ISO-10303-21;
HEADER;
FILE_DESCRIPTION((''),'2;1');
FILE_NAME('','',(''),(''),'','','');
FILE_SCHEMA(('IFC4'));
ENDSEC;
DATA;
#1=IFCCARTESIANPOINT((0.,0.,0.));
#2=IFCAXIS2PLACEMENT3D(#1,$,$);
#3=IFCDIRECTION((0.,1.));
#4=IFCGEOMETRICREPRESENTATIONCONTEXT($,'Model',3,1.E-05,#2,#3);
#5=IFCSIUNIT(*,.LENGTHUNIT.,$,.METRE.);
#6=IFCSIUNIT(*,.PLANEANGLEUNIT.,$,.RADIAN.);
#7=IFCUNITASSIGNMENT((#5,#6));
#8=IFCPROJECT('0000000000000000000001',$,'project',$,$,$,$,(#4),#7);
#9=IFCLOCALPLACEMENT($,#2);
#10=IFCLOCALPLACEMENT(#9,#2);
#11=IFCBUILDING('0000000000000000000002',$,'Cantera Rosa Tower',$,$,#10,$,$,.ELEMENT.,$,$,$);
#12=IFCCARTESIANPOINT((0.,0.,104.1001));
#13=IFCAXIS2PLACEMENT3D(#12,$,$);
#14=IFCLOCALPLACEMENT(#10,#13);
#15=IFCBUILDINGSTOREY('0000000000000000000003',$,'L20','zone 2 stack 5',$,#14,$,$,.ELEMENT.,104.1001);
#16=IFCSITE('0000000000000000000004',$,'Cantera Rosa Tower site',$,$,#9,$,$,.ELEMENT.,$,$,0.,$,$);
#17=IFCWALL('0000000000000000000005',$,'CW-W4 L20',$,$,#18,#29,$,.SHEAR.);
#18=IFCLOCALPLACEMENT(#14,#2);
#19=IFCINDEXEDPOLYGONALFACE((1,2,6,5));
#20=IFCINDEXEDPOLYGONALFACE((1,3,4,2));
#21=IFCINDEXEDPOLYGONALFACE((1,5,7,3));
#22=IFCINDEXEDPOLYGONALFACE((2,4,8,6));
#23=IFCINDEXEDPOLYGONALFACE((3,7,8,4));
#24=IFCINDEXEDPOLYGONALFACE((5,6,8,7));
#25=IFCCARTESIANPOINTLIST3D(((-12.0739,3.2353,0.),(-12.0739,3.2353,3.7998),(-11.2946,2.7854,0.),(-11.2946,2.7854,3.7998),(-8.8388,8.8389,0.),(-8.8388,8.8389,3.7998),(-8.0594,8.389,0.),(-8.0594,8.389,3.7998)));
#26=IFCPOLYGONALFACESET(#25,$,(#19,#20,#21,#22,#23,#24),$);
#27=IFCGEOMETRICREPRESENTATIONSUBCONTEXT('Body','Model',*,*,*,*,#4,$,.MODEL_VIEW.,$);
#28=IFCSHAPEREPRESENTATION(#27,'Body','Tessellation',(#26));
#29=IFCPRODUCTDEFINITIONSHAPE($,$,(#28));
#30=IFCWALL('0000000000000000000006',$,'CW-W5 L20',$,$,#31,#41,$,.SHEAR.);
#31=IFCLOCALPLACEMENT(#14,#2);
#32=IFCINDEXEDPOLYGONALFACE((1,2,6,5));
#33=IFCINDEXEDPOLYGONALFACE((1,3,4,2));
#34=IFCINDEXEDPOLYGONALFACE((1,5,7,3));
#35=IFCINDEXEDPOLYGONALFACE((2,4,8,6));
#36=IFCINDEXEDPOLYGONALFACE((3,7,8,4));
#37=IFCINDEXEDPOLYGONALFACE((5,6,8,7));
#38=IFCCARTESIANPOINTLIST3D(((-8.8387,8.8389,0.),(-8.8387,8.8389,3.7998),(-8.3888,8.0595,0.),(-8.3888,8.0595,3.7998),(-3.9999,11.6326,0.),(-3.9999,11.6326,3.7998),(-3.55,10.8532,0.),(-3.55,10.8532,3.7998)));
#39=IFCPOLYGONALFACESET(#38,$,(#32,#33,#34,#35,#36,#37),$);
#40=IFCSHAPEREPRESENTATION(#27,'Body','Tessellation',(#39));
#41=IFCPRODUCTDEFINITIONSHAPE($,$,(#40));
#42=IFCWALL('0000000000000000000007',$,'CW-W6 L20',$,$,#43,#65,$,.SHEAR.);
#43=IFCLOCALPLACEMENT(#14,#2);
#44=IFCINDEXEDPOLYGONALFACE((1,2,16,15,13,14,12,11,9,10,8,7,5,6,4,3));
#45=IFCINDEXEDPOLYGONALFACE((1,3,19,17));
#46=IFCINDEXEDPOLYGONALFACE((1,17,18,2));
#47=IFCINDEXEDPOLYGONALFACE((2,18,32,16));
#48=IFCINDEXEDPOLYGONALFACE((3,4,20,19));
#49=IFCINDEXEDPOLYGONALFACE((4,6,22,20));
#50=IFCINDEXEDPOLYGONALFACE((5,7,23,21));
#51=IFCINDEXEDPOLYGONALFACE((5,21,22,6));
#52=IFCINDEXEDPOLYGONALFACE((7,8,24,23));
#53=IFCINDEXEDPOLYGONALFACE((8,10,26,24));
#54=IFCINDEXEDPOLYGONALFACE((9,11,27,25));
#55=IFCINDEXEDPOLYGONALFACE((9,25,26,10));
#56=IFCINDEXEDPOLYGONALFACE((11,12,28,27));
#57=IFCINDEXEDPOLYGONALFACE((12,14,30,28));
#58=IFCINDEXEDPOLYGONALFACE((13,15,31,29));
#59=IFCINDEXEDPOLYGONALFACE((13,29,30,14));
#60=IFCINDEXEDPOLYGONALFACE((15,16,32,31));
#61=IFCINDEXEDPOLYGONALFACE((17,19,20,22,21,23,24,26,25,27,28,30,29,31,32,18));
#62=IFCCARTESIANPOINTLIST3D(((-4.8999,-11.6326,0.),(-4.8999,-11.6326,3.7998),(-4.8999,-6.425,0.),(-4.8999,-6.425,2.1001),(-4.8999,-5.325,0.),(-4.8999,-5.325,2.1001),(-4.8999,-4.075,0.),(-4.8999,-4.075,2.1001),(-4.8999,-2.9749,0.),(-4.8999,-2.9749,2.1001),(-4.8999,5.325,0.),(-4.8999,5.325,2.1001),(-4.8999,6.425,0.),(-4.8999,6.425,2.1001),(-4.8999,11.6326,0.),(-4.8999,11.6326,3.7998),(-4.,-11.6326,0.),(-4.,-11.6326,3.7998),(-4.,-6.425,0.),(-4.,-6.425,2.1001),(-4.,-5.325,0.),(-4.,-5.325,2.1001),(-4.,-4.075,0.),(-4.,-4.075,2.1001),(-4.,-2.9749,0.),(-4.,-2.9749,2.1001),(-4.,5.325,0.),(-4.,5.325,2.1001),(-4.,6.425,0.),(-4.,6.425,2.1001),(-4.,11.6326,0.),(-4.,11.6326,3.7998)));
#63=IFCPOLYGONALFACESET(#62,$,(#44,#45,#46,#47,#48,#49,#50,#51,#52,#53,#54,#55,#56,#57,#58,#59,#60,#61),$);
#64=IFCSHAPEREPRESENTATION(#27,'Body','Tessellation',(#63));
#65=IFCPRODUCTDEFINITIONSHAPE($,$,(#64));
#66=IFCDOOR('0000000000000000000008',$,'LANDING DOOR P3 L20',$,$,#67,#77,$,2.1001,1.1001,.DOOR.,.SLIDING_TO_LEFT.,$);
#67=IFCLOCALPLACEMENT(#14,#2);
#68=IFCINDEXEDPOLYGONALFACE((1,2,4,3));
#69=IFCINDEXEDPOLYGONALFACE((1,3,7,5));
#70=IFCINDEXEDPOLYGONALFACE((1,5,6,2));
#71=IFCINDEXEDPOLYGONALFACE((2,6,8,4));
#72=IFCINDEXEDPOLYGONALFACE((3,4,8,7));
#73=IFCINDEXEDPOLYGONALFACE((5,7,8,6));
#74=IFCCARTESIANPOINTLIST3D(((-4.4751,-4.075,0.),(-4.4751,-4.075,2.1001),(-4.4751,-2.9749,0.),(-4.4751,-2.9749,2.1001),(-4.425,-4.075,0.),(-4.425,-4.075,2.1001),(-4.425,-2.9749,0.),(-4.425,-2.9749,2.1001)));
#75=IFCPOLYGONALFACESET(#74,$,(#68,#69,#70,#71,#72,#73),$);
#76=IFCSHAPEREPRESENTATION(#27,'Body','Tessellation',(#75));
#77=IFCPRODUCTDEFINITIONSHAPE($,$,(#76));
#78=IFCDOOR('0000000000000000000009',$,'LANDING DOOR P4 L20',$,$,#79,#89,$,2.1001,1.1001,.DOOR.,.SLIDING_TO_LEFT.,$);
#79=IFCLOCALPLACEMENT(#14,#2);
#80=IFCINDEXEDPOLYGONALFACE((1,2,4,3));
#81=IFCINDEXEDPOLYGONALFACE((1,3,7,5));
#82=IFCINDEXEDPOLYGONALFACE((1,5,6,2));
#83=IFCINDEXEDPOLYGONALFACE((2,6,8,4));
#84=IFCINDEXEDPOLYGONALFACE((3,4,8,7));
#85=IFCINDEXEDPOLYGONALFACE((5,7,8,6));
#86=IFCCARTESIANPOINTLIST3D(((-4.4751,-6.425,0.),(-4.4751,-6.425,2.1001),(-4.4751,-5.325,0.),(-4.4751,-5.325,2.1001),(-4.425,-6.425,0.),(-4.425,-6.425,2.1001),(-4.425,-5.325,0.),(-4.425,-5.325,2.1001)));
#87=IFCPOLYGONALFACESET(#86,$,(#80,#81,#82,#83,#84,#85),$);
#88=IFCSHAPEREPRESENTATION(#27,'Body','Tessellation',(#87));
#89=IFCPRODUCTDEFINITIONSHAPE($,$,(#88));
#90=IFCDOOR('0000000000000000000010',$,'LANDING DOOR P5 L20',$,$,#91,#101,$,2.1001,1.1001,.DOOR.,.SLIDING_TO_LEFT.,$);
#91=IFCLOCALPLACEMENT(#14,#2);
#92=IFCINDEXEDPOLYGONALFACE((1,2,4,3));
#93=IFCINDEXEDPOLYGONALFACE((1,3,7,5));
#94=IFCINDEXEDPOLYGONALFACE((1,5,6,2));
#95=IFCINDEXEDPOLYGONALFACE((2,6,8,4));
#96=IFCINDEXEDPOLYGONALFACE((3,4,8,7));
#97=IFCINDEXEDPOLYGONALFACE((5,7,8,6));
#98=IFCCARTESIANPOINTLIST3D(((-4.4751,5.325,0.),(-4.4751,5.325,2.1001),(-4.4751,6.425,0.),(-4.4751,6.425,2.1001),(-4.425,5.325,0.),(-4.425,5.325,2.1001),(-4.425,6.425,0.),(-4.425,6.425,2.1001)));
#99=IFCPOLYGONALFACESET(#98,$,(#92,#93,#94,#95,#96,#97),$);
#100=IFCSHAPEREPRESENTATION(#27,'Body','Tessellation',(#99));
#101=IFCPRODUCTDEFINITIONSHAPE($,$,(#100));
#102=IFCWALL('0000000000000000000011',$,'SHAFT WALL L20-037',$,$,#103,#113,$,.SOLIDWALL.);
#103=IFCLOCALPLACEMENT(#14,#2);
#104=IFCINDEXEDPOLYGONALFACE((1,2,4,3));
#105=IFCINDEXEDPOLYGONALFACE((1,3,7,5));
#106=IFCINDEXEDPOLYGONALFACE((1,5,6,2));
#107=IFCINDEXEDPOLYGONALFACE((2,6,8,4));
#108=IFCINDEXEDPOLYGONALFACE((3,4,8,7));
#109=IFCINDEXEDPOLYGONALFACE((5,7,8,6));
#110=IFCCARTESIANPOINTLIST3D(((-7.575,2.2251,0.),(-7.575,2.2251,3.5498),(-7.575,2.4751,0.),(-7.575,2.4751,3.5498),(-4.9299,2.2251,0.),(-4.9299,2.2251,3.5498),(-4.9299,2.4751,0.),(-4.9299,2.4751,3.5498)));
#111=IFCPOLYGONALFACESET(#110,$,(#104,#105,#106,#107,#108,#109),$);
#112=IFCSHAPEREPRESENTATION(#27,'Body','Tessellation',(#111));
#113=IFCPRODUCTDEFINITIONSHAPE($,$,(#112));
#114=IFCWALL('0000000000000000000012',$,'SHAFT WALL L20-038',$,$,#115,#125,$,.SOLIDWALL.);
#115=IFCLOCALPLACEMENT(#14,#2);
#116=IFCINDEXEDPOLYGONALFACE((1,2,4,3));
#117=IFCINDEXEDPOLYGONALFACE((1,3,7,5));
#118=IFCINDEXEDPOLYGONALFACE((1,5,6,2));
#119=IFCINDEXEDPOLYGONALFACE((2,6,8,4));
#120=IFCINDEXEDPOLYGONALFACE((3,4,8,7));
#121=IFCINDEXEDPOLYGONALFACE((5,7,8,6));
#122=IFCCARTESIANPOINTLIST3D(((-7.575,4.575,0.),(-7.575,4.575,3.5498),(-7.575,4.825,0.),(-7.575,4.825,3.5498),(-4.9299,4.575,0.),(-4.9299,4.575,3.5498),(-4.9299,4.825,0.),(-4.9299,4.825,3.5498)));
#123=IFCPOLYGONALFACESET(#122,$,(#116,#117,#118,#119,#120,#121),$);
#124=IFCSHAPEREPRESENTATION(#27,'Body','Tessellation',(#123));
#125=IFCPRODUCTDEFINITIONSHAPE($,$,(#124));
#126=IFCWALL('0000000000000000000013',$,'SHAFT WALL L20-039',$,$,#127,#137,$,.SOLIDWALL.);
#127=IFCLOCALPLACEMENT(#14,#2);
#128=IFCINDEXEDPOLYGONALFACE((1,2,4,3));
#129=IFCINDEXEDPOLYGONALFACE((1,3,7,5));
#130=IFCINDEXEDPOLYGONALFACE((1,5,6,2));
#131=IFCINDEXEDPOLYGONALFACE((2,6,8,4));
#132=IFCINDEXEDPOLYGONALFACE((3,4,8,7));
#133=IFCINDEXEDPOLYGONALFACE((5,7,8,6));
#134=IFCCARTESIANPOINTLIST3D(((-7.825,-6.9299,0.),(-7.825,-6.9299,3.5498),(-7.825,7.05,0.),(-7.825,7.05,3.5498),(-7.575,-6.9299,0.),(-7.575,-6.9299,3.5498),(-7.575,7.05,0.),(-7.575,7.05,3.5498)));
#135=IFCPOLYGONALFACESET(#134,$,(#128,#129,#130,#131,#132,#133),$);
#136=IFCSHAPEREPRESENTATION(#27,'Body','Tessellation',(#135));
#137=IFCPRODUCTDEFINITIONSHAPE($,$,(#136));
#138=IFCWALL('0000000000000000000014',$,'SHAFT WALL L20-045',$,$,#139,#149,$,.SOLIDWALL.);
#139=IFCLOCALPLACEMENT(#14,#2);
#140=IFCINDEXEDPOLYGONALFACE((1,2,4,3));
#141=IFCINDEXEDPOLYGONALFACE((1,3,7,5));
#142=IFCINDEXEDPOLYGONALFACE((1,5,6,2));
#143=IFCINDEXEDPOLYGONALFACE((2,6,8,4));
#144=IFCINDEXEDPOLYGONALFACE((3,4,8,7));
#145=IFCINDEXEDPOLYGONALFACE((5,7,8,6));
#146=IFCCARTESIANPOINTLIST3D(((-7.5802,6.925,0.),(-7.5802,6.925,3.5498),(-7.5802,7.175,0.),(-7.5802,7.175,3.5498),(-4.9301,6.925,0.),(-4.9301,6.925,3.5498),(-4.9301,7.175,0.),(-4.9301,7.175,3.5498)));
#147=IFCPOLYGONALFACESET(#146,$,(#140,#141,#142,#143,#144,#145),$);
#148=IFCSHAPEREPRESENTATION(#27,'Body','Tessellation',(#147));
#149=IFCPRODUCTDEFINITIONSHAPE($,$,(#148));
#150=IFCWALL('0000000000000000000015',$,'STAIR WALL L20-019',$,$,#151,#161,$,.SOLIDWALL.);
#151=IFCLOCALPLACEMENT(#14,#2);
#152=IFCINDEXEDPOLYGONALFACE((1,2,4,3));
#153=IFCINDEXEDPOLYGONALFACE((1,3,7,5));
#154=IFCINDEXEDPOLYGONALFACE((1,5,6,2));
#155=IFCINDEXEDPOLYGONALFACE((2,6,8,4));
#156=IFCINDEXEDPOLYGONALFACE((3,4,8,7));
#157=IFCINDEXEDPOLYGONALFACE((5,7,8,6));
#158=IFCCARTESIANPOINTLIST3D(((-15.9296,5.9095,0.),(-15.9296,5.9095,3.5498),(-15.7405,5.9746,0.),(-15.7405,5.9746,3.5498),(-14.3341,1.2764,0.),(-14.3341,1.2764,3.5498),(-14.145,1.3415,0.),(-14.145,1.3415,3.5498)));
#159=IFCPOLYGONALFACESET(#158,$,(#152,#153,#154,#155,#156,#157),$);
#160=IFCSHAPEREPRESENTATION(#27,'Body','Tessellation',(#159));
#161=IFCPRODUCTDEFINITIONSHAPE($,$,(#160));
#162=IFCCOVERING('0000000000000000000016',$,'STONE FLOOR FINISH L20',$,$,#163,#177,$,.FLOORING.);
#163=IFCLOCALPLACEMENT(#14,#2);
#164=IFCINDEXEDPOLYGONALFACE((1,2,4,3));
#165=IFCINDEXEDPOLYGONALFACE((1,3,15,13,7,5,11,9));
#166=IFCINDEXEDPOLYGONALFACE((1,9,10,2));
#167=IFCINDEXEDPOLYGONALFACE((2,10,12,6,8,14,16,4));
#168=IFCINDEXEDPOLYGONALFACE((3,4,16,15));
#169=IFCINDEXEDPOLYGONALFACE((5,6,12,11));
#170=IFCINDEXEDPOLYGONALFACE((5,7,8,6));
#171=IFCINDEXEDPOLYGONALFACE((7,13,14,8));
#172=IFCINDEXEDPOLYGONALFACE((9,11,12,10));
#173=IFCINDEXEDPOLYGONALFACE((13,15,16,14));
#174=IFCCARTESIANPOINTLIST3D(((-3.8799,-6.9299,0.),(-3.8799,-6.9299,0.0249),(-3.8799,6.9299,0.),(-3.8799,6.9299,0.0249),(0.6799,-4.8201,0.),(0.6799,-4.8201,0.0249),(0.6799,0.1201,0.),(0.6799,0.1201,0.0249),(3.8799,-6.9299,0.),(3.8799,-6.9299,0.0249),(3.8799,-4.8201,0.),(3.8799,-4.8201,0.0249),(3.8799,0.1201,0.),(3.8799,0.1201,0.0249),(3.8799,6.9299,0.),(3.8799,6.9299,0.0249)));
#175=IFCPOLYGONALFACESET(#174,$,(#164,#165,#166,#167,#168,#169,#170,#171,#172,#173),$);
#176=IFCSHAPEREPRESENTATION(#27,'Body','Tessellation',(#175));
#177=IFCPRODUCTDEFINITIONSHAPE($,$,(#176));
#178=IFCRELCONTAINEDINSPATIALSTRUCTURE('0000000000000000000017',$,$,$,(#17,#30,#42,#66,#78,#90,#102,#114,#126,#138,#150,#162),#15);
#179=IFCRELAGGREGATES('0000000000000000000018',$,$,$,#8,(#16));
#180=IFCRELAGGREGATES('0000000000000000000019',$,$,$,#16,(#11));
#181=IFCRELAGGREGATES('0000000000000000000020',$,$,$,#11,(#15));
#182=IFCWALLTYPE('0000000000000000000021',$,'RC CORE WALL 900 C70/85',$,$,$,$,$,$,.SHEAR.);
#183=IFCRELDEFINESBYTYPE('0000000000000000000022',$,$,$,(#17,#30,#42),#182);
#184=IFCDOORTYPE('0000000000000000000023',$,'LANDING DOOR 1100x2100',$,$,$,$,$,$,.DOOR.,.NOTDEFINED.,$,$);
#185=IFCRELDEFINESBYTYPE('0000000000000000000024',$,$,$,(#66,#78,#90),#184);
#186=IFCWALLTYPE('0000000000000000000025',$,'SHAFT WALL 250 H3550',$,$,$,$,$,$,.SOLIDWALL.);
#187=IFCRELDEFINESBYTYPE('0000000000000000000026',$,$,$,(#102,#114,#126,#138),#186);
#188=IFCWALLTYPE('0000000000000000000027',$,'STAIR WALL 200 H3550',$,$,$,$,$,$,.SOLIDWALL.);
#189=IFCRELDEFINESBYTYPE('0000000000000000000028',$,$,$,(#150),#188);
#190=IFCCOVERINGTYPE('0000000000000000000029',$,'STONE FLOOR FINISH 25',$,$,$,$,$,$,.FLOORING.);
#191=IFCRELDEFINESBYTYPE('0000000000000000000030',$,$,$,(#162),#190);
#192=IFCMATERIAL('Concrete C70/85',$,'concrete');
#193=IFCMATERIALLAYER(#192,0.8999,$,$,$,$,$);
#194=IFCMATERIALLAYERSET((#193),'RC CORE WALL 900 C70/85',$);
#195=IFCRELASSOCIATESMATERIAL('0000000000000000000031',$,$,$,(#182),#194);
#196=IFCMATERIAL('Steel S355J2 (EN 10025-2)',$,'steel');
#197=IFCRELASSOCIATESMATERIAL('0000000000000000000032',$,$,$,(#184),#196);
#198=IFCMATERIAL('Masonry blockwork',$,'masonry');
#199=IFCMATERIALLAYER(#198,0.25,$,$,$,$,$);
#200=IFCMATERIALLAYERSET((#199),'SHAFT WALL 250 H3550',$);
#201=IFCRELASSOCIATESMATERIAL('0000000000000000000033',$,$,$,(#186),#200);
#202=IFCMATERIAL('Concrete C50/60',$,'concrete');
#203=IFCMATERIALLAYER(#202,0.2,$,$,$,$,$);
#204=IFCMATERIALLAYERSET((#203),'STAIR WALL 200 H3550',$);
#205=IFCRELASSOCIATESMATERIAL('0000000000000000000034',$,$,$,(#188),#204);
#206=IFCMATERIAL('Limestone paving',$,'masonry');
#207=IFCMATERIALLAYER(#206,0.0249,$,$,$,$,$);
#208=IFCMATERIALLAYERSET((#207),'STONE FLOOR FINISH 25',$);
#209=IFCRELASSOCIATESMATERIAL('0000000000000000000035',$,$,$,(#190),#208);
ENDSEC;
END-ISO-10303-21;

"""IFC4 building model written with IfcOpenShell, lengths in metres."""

from ifc_helpers import new_model, si_unit, direction, frame, frame_2d, origin, place, context, subcontext, project, spatial, polyline, rectangle, outline, extrude, material, layer, layer_set, type_object, element, fill, save


model = new_model("IFC4")

# Units and contexts
model_context = context("Model", 3, precision=1e-05, world=origin(), true_north=direction((0.0, 1.0)))
body_context = subcontext(model_context, "Body", "Model", "MODEL_VIEW")
ifc_project = project(units=[si_unit("LENGTHUNIT", "METRE"), si_unit("PLANEANGLEUNIT", "RADIAN")], contexts=[model_context])

# Site, building, storey
site_placement = place(None, origin())
site = spatial("IfcSite", under=ifc_project, at=site_placement, Name="Cantera Rosa Tower site", CompositionType="ELEMENT", RefElevation=0.0)
building_placement = place(site_placement, origin())
building = spatial("IfcBuilding", under=site, at=building_placement, Name="Cantera Rosa Tower", CompositionType="ELEMENT")
storey_placement = place(building_placement, frame((0.0, 0.0, 104.1001)))
storey = spatial("IfcBuildingStorey", under=building, at=storey_placement, Name="L20", Description="zone 2 stack 5", CompositionType="ELEMENT", Elevation=104.1001)

# Walls
ifc_material_1 = material(Name="Concrete C70/85", Category="concrete")
ifc_layer_1 = layer(ifc_material_1, 0.8999)
ifc_layer_set_1 = layer_set([ifc_layer_1], Name="RC CORE WALL 900 C70/85")
wall_type_1 = type_object("IfcWallType", Name="RC CORE WALL 900 C70/85", PredefinedType="SHEAR", material=ifc_layer_set_1)
wall_1_placement = place(storey_placement, frame((-11.6843, 3.0103, 0.0), z_axis=(0.0, 0.0, 1.0), x_axis=(0.49999, 0.866031, 0.0)))
element("IfcWall", 1, at=wall_1_placement, inside=storey, type_object=wall_type_1, Name="CW-W4 L20", PredefinedType="SHEAR", context=body_context, shape_type="SweptSolid", body=[
    extrude(rectangle(XDim=6.4705, YDim=0.8999, at=frame_2d((3.2354, 0.0))), origin(), (0.0, 0.0, 1.0), 3.7998),
])
wall_2_placement = place(storey_placement, frame((-8.6138, 8.4492, 0.0), z_axis=(0.0, 0.0, 1.0), x_axis=(0.866027, 0.499997, 0.0)))
element("IfcWall", 2, at=wall_2_placement, inside=storey, type_object=wall_type_1, Name="CW-W5 L20", PredefinedType="SHEAR", context=body_context, shape_type="SweptSolid", body=[
    extrude(rectangle(XDim=5.5874, YDim=0.8999, at=frame_2d((2.7937, 0.0))), origin(), (0.0, 0.0, 1.0), 3.7998),
])

# Wall, openings, doors
wall_3_placement = place(storey_placement, frame((-4.45, 11.6326, 0.0), z_axis=(0.0, 0.0, 1.0), x_axis=(0.0, -1.0, 0.0)))
wall_3 = element("IfcWall", 3, at=wall_3_placement, inside=storey, type_object=wall_type_1, Name="CW-W6 L20", PredefinedType="SHEAR", context=body_context, shape_type="SweptSolid", body=[
    extrude(rectangle(XDim=23.2651, YDim=0.8999, at=frame_2d((11.6326, 0.0))), origin(), (0.0, 0.0, 1.0), 3.7998),
])
opening_1_placement = place(wall_3_placement, frame((14.6074, 0.0, 0.0)))
opening_1 = element("IfcOpeningElement", 4, at=opening_1_placement, cuts=wall_3, PredefinedType="OPENING", context=body_context, shape_type="SweptSolid", body=[
    extrude(rectangle(XDim=1.1001, YDim=2.1001, at=frame_2d((0.55, 1.05))), frame((0.0, 0.46, 0.0), z_axis=(0.0, -1.0, 0.0), x_axis=(1.0, 0.0, 0.0)), (0.0, 0.0, 1.0), 0.9199),
])
opening_2_placement = place(wall_3_placement, frame((16.9575, 0.0, 0.0)))
opening_2 = element("IfcOpeningElement", 5, at=opening_2_placement, cuts=wall_3, PredefinedType="OPENING", context=body_context, shape_type="SweptSolid", body=[
    extrude(rectangle(XDim=1.1001, YDim=2.1001, at=frame_2d((0.55, 1.05))), frame((0.0, 0.46, 0.0), z_axis=(0.0, -1.0, 0.0), x_axis=(1.0, 0.0, 0.0)), (0.0, 0.0, 1.0), 0.9199),
])
opening_3_placement = place(wall_3_placement, frame((5.2075, 0.0, 0.0)))
opening_3 = element("IfcOpeningElement", 6, at=opening_3_placement, cuts=wall_3, PredefinedType="OPENING", context=body_context, shape_type="SweptSolid", body=[
    extrude(rectangle(XDim=1.1001, YDim=2.1001, at=frame_2d((0.55, 1.05))), frame((0.0, 0.46, 0.0), z_axis=(0.0, -1.0, 0.0), x_axis=(1.0, 0.0, 0.0)), (0.0, 0.0, 1.0), 0.9199),
])
ifc_material_2 = material(Name="Steel S355J2 (EN 10025-2)", Category="steel")
door_type_1 = type_object("IfcDoorType", Name="LANDING DOOR 1100x2100", OperationType="NOTDEFINED", PredefinedType="DOOR", material=ifc_material_2)
door_1_placement = place(opening_1_placement, origin())
door_1 = element("IfcDoor", 7, at=door_1_placement, inside=storey, type_object=door_type_1, Name="LANDING DOOR P3 L20", OperationType="SLIDING_TO_LEFT", OverallHeight=2.1001, OverallWidth=1.1001, PredefinedType="DOOR", context=body_context, shape_type="SweptSolid", body=[
    extrude(rectangle(XDim=1.1001, YDim=2.1001, at=frame_2d((0.55, 1.05))), frame((0.0, 0.0249, 0.0), z_axis=(0.0, -1.0, 0.0), x_axis=(1.0, 0.0, 0.0)), (0.0, 0.0, 1.0), 0.05),
])
fill(opening_1, door_1)
door_2_placement = place(opening_2_placement, origin())
door_2 = element("IfcDoor", 8, at=door_2_placement, inside=storey, type_object=door_type_1, Name="LANDING DOOR P4 L20", OperationType="SLIDING_TO_LEFT", OverallHeight=2.1001, OverallWidth=1.1001, PredefinedType="DOOR", context=body_context, shape_type="SweptSolid", body=[
    extrude(rectangle(XDim=1.1001, YDim=2.1001, at=frame_2d((0.55, 1.05))), frame((0.0, 0.0249, 0.0), z_axis=(0.0, -1.0, 0.0), x_axis=(1.0, 0.0, 0.0)), (0.0, 0.0, 1.0), 0.05),
])
fill(opening_2, door_2)
door_3_placement = place(opening_3_placement, origin())
door_3 = element("IfcDoor", 9, at=door_3_placement, inside=storey, type_object=door_type_1, Name="LANDING DOOR P5 L20", OperationType="SLIDING_TO_LEFT", OverallHeight=2.1001, OverallWidth=1.1001, PredefinedType="DOOR", context=body_context, shape_type="SweptSolid", body=[
    extrude(rectangle(XDim=1.1001, YDim=2.1001, at=frame_2d((0.55, 1.05))), frame((0.0, 0.0249, 0.0), z_axis=(0.0, -1.0, 0.0), x_axis=(1.0, 0.0, 0.0)), (0.0, 0.0, 1.0), 0.05),
])
fill(opening_3, door_3)

# Walls
ifc_material_3 = material(Name="Masonry blockwork", Category="masonry")
ifc_layer_2 = layer(ifc_material_3, 0.25)
ifc_layer_set_2 = layer_set([ifc_layer_2], Name="SHAFT WALL 250 H3550")
wall_type_2 = type_object("IfcWallType", Name="SHAFT WALL 250 H3550", PredefinedType="SOLIDWALL", material=ifc_layer_set_2)
for number, where, z_axis, x_axis, name in (
    (10, (-7.575, 2.3501, 0.0), (0.0, 0.0, 1.0), (1.0, 0.0, 0.0), "SHAFT WALL L20-037"),
    (11, (-7.575, 4.7, 0.0), (0.0, 0.0, 1.0), (1.0, 0.0, 0.0), "SHAFT WALL L20-038"),
):
    element("IfcWall", number, at=place(storey_placement, frame(where, z_axis=z_axis, x_axis=x_axis)), inside=storey, type_object=wall_type_2, Name=name, PredefinedType="SOLIDWALL", context=body_context, shape_type="SweptSolid", body=[
        extrude(rectangle(XDim=2.645, YDim=0.25, at=frame_2d((1.3225, 0.0))), origin(), (0.0, 0.0, 1.0), 3.5498),
    ])
wall_4_placement = place(storey_placement, frame((-7.7, 7.05, 0.0), z_axis=(0.0, 0.0, 1.0), x_axis=(0.0, -1.0, 0.0)))
element("IfcWall", 12, at=wall_4_placement, inside=storey, type_object=wall_type_2, Name="SHAFT WALL L20-039", PredefinedType="SOLIDWALL", context=body_context, shape_type="SweptSolid", body=[
    extrude(rectangle(XDim=13.98, YDim=0.25, at=frame_2d((6.99, 0.0))), origin(), (0.0, 0.0, 1.0), 3.5498),
])
wall_5_placement = place(storey_placement, frame((-4.9299, 7.05, 0.0), z_axis=(0.0, 0.0, 1.0), x_axis=(-1.0, 0.0, 0.0)))
element("IfcWall", 13, at=wall_5_placement, inside=storey, type_object=wall_type_2, Name="SHAFT WALL L20-045", PredefinedType="SOLIDWALL", context=body_context, shape_type="SweptSolid", body=[
    extrude(rectangle(XDim=2.6501, YDim=0.25, at=frame_2d((1.3252, 0.0))), origin(), (0.0, 0.0, 1.0), 3.5498),
])
ifc_material_4 = material(Name="Concrete C50/60", Category="concrete")
ifc_layer_3 = layer(ifc_material_4, 0.2)
ifc_layer_set_3 = layer_set([ifc_layer_3], Name="STAIR WALL 200 H3550")
wall_type_3 = type_object("IfcWallType", Name="STAIR WALL 200 H3550", PredefinedType="SOLIDWALL", material=ifc_layer_set_3)
wall_6_placement = place(storey_placement, frame((-14.2395, 1.3088, 0.0), z_axis=(0.0, 0.0, 1.0), x_axis=(-0.325599, 0.945508, 0.0)))
element("IfcWall", 14, at=wall_6_placement, inside=storey, type_object=wall_type_3, Name="STAIR WALL L20-019", PredefinedType="SOLIDWALL", context=body_context, shape_type="SweptSolid", body=[
    extrude(rectangle(XDim=4.9001, YDim=0.2, at=frame_2d((2.4502, 0.0))), origin(), (0.0, 0.0, 1.0), 3.5498),
])

# Covering
ifc_material_5 = material(Name="Limestone paving", Category="masonry")
ifc_layer_4 = layer(ifc_material_5, 0.0249)
ifc_layer_set_4 = layer_set([ifc_layer_4], Name="STONE FLOOR FINISH 25")
covering_type_1 = type_object("IfcCoveringType", Name="STONE FLOOR FINISH 25", PredefinedType="FLOORING", material=ifc_layer_set_4)
covering_1_placement = place(storey_placement, origin())
element("IfcCovering", 15, at=covering_1_placement, inside=storey, type_object=covering_type_1, Name="STONE FLOOR FINISH L20", PredefinedType="FLOORING", context=body_context, shape_type="SweptSolid", body=[
    extrude(outline(polyline([(3.8799, 6.9299), (3.8799, 0.1201), (0.6799, 0.1201), (0.6799, -4.8201), (3.8799, -4.8201), (3.8799, -6.9299), (-3.8799, -6.9299), (-3.8799, 6.9299), (3.8799, 6.9299)])), origin(), (0.0, 0.0, 1.0), 0.0249),
])

save(model, "model.ifc")
